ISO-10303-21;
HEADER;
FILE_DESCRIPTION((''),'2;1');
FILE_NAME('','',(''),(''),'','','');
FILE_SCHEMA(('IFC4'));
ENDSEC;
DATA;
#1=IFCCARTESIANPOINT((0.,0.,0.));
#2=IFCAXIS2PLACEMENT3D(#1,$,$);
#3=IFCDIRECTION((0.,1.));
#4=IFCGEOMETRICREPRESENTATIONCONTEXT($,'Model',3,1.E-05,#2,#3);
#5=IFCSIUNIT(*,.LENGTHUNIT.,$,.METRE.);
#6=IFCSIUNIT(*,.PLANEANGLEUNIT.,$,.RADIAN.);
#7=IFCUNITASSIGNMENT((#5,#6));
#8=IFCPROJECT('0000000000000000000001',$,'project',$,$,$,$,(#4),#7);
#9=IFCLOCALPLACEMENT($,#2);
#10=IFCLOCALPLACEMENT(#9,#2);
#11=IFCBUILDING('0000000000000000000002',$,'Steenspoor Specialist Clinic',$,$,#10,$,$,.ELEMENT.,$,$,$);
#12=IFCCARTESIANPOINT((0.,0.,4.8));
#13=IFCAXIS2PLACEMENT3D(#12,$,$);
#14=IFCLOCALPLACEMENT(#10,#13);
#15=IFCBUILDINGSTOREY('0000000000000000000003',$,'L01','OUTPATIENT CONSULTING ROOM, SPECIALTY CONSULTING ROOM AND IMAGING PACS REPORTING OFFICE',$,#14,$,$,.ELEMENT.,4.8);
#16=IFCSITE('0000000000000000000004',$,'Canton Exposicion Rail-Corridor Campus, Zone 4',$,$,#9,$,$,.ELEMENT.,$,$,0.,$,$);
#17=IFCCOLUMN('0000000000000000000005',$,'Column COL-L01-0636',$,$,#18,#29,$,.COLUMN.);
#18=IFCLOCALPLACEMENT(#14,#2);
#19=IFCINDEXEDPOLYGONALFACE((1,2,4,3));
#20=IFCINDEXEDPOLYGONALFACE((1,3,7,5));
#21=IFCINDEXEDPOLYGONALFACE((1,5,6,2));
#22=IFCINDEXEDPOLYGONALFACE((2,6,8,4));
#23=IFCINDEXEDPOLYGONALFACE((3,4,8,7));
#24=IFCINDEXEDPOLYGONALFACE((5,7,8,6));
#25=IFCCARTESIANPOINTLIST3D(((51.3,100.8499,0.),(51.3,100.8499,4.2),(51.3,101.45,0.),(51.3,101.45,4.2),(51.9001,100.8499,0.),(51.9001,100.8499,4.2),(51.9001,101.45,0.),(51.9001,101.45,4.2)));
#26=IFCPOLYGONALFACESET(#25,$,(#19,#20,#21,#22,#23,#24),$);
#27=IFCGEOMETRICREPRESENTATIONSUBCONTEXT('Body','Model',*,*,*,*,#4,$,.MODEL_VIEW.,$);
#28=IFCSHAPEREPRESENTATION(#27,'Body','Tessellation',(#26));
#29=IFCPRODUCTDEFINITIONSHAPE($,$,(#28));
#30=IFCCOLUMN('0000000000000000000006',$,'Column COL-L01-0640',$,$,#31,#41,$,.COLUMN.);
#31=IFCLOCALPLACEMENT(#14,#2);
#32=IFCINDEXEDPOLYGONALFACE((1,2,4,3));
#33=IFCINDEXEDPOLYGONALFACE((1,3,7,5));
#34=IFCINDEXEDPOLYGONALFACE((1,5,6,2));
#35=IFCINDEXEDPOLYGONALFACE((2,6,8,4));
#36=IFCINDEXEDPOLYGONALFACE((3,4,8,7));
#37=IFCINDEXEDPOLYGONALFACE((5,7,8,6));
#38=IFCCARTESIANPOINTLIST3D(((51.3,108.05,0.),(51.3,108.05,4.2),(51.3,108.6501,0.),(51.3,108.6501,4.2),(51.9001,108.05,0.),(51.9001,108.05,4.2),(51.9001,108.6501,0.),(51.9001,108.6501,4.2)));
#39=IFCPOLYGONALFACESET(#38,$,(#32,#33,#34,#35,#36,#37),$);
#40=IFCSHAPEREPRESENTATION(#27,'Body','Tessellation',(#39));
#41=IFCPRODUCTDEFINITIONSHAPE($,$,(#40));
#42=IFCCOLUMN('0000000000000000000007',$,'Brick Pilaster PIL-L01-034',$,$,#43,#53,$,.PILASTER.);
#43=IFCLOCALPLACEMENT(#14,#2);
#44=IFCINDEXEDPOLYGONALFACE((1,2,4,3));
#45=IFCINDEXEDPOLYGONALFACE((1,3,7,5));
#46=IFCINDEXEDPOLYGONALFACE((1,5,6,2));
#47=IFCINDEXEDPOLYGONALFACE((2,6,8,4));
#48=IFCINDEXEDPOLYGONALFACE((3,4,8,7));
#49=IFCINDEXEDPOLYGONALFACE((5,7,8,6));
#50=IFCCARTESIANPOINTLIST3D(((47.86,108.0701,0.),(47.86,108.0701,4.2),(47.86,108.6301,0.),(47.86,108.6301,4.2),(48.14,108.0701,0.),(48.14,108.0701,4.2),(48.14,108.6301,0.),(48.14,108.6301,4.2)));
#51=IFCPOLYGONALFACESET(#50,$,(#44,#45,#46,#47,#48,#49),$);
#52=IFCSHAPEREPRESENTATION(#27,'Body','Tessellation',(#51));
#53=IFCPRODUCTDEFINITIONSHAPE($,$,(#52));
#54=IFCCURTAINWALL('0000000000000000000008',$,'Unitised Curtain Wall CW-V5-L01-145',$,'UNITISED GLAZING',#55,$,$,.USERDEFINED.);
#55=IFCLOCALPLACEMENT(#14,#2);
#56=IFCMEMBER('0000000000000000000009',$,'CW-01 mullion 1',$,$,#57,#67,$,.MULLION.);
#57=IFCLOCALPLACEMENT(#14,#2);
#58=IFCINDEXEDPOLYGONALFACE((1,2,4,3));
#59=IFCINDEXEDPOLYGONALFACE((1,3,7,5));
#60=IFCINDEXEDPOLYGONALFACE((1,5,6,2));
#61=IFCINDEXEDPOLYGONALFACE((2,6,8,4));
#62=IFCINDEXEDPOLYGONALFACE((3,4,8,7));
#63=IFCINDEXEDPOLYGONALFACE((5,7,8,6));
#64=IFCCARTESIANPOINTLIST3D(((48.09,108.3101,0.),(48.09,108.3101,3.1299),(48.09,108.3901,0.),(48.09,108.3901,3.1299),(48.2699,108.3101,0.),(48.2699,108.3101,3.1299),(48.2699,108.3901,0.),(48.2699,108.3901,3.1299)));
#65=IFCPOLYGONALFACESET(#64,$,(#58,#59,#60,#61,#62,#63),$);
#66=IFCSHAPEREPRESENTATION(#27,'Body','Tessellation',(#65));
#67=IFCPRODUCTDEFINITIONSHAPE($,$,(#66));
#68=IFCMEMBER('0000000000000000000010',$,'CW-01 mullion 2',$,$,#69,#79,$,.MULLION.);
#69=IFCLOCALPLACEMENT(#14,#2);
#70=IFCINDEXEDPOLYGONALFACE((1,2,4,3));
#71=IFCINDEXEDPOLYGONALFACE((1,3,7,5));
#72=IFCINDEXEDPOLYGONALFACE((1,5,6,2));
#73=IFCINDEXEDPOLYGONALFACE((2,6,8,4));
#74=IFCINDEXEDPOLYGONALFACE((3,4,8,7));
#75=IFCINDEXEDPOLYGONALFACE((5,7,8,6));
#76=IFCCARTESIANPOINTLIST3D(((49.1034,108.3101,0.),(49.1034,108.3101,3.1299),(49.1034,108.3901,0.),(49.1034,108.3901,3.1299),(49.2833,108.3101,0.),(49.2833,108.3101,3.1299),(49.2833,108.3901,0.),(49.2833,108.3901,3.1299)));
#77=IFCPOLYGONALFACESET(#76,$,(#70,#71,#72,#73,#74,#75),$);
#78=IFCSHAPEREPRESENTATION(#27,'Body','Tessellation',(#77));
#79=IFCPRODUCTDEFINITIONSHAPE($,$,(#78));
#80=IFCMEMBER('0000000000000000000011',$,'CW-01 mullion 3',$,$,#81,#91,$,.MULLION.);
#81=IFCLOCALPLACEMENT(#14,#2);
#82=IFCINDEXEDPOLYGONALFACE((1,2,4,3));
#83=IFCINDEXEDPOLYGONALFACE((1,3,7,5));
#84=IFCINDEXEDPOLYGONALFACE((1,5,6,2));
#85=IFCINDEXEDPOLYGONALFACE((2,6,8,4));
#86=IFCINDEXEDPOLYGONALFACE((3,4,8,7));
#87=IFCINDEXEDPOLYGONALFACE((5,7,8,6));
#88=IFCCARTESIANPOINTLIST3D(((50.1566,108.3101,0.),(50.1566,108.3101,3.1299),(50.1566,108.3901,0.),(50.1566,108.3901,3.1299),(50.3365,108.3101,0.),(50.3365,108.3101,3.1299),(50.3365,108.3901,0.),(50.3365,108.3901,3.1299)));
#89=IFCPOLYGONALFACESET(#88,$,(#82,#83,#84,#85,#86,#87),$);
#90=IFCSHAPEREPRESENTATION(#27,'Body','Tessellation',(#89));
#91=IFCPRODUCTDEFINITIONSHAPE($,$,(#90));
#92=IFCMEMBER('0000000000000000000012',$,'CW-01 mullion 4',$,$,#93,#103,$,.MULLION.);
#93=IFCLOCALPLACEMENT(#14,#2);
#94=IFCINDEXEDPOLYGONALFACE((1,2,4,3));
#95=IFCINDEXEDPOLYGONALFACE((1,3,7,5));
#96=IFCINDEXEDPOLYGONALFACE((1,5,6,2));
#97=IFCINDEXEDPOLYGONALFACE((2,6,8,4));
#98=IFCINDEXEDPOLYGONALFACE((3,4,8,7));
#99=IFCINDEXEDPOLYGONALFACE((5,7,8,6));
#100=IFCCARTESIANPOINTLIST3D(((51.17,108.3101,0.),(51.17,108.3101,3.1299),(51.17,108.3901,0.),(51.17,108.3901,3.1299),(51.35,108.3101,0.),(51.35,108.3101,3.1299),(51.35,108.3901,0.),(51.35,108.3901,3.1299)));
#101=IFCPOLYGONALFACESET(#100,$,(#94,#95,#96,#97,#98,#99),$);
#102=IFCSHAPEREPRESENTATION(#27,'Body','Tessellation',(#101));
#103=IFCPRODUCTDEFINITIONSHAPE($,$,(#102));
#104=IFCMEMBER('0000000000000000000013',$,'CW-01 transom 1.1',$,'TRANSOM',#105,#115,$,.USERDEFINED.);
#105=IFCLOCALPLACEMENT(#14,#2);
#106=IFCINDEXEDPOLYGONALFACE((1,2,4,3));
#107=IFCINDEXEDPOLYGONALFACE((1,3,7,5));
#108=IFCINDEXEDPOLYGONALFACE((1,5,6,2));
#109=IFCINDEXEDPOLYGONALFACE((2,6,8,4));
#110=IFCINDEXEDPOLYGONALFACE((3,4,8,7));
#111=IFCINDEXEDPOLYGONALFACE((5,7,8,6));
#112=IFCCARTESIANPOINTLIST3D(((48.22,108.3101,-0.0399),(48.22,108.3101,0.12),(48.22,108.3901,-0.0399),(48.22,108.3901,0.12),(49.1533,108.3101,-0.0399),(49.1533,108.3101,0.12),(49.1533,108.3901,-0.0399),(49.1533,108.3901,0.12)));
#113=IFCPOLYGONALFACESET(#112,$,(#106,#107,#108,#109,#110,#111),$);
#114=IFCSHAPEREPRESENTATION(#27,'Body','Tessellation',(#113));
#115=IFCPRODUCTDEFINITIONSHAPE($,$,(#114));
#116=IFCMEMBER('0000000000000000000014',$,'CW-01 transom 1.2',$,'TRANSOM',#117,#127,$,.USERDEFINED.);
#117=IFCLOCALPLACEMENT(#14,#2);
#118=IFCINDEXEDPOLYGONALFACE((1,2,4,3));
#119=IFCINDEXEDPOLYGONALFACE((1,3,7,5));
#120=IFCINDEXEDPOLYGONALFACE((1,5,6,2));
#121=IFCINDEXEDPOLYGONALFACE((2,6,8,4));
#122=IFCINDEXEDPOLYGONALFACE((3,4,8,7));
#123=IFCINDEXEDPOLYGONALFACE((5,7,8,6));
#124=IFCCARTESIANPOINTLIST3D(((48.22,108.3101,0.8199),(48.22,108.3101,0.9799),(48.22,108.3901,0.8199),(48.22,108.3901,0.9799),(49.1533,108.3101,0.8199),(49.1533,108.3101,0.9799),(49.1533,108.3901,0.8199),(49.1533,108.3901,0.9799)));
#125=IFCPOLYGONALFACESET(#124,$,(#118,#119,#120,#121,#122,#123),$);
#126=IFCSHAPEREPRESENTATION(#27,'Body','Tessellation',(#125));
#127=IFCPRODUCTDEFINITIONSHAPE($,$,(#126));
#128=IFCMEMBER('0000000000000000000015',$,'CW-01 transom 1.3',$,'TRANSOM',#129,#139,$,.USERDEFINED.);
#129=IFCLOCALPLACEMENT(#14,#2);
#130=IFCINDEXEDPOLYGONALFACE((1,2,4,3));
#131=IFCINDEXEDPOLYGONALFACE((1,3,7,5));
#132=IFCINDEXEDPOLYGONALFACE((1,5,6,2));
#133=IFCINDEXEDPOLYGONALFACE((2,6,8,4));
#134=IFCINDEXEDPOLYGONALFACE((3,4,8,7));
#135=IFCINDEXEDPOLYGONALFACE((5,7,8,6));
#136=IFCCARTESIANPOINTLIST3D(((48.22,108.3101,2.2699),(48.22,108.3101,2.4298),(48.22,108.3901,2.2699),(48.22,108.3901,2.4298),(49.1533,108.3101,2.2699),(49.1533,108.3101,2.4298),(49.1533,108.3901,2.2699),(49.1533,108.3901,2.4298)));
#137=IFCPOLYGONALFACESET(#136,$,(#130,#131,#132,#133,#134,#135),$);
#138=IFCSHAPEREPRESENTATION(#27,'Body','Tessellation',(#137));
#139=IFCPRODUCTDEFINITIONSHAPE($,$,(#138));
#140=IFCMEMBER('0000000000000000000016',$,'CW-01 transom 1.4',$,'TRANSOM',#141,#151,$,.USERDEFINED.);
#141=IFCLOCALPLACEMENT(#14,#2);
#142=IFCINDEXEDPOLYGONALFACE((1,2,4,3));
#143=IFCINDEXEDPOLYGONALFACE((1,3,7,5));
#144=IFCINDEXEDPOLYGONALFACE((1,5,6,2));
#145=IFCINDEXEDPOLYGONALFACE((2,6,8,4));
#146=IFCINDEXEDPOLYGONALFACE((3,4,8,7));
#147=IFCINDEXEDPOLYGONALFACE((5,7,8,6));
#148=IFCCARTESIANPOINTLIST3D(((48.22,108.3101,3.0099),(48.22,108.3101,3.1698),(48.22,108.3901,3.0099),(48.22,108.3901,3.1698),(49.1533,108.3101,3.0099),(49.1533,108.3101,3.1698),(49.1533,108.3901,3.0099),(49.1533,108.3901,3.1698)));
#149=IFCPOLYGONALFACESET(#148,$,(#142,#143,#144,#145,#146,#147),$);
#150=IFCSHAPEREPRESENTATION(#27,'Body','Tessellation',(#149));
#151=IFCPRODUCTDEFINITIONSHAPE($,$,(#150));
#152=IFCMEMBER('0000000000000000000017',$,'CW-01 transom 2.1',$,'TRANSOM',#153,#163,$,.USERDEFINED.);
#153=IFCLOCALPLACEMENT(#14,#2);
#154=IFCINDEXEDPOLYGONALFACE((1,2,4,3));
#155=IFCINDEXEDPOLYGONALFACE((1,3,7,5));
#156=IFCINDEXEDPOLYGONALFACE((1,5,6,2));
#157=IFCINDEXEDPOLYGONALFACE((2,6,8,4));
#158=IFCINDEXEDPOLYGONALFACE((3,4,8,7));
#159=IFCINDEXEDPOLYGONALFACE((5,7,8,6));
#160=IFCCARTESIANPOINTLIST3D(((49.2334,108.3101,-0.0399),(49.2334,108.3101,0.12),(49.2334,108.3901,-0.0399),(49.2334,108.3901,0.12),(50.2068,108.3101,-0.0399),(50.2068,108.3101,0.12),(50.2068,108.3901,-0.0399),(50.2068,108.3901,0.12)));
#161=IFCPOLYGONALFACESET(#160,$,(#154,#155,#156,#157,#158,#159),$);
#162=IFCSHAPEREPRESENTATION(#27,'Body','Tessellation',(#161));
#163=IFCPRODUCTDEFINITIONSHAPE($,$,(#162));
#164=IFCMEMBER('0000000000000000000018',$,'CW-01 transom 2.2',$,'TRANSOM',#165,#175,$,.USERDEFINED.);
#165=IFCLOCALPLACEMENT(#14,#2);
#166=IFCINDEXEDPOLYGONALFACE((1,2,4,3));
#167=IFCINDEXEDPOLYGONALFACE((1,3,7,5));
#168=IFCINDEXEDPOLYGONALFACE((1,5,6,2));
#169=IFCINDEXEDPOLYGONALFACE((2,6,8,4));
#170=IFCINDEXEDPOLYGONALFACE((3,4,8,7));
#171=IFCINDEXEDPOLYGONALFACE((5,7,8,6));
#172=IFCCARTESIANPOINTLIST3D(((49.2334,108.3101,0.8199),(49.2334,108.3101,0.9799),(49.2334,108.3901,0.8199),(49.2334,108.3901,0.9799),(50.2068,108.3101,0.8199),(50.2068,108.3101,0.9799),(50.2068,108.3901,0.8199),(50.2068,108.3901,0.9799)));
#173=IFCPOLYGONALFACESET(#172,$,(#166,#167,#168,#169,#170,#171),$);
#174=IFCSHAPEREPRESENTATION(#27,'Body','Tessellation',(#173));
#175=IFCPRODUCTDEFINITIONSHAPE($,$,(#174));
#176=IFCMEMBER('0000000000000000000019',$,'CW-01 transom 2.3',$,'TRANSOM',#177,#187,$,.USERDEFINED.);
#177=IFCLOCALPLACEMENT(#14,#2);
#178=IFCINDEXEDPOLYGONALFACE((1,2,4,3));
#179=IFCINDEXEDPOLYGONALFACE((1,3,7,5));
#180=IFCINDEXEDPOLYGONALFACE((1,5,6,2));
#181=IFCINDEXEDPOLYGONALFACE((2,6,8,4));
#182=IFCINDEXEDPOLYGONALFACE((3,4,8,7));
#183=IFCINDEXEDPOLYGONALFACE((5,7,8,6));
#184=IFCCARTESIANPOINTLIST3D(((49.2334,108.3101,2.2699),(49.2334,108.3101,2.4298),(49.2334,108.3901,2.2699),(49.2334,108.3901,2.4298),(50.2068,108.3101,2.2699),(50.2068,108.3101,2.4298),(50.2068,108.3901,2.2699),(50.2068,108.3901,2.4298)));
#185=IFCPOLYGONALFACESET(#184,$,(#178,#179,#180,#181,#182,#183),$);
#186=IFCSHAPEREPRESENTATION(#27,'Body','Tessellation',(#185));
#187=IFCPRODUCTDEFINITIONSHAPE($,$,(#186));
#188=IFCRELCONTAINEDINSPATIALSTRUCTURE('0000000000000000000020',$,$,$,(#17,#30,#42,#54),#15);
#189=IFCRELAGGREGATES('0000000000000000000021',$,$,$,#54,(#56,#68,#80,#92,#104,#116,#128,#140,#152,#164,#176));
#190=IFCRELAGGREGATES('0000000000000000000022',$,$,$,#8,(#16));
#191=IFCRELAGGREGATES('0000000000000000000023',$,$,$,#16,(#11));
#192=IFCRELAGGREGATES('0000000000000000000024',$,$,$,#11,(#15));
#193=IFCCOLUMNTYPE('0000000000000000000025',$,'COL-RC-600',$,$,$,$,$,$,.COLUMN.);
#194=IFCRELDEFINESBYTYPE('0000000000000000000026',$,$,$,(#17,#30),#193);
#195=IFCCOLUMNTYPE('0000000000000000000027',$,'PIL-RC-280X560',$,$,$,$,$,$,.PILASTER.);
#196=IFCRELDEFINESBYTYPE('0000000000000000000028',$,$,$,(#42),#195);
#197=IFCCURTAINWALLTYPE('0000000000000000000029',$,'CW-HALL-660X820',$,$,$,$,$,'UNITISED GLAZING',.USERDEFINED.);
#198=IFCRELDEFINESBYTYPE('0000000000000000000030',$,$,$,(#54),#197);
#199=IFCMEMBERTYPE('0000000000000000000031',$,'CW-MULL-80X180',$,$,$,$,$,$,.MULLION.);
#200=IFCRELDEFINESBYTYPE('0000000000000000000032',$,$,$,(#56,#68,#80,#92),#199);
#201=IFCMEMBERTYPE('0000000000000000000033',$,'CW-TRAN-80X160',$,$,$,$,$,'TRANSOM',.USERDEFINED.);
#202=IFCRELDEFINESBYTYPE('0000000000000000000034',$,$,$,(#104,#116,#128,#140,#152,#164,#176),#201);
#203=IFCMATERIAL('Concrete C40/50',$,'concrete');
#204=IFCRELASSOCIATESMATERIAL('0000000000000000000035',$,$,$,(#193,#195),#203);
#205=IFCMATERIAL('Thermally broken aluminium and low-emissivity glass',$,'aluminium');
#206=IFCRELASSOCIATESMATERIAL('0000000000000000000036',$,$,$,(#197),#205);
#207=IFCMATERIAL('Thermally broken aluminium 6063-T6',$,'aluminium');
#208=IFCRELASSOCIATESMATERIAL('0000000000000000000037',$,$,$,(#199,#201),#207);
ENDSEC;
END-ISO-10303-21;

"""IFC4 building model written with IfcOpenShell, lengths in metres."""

from ifc_helpers import new_model, si_unit, direction, frame, origin, origin_2d, place, context, subcontext, project, spatial, rectangle, extrude, material, material_profile, profile_set, type_object, element, aggregate, save


model = new_model("IFC4")

# Units and contexts
model_context = context("Model", 3, precision=1e-05, world=origin(), true_north=direction((0.0, 1.0)))
body_context = subcontext(model_context, "Body", "Model", "MODEL_VIEW")
ifc_project = project(units=[si_unit("LENGTHUNIT", "METRE"), si_unit("PLANEANGLEUNIT", "RADIAN")], contexts=[model_context])

# Site, building, storey
site_placement = place(None, origin())
site = spatial("IfcSite", under=ifc_project, at=site_placement, Name="Canton Exposicion Rail-Corridor Campus, Zone 4", CompositionType="ELEMENT", RefElevation=0.0)
building_placement = place(site_placement, origin())
building = spatial("IfcBuilding", under=site, at=building_placement, Name="Steenspoor Specialist Clinic", CompositionType="ELEMENT")
storey_placement = place(building_placement, frame((0.0, 0.0, 4.8)))
storey = spatial("IfcBuildingStorey", under=building, at=storey_placement, Name="L01", Description="OUTPATIENT CONSULTING ROOM, SPECIALTY CONSULTING ROOM AND IMAGING PACS REPORTING OFFICE", CompositionType="ELEMENT", Elevation=4.8)

# Columns
ifc_material_1 = material(Name="Concrete C40/50", Category="concrete")
ifc_material_profile_1 = material_profile(ifc_material_1, rectangle(XDim=0.6001, YDim=0.6001, at=origin_2d()), Name="RC-COL-600X600")
ifc_profile_set_1 = profile_set([ifc_material_profile_1], Name="Concrete C40/50")
column_type_1 = type_object("IfcColumnType", Name="COL-RC-600", PredefinedType="COLUMN", material=ifc_profile_set_1)
for number, where, z_axis, x_axis, name in (
    (1, (51.6001, 101.1499, 0.0), (0.0, 0.0, 1.0), (1.0, 0.0, 0.0), "Column COL-L01-0636"),
    (2, (51.6001, 108.3501, 0.0), (0.0, 0.0, 1.0), (1.0, 0.0, 0.0), "Column COL-L01-0640"),
):
    element("IfcColumn", number, at=place(storey_placement, frame(where, z_axis=z_axis, x_axis=x_axis)), inside=storey, type_object=column_type_1, Name=name, PredefinedType="COLUMN", context=body_context, shape_type="SweptSolid", body=[
        extrude(rectangle(XDim=0.6001, YDim=0.6001, at=origin_2d()), origin(), (0.0, 0.0, 1.0), 4.2),
    ])
ifc_material_profile_2 = material_profile(ifc_material_1, rectangle(XDim=0.28, YDim=0.5601, at=origin_2d()), Name="RC-PIL-280X560")
ifc_profile_set_2 = profile_set([ifc_material_profile_2], Name="Concrete C40/50")
column_type_2 = type_object("IfcColumnType", Name="PIL-RC-280X560", PredefinedType="PILASTER", material=ifc_profile_set_2)
column_placement = place(storey_placement, frame((48.0, 108.3501, 0.0), z_axis=(0.0, 0.0, 1.0), x_axis=(1.0, 0.0, 0.0)))
element("IfcColumn", 3, at=column_placement, inside=storey, type_object=column_type_2, Name="Brick Pilaster PIL-L01-034", PredefinedType="PILASTER", context=body_context, shape_type="SweptSolid", body=[
    extrude(rectangle(XDim=0.28, YDim=0.5601, at=origin_2d()), origin(), (0.0, 0.0, 1.0), 4.2),
])

# Curtain wall, members
ifc_material_2 = material(Name="Thermally broken aluminium and low-emissivity glass", Category="aluminium")
curtain_wall_type = type_object("IfcCurtainWallType", Name="CW-HALL-660X820", ElementType="UNITISED GLAZING", PredefinedType="USERDEFINED", material=ifc_material_2)
curtain_wall_placement = place(storey_placement, origin())
curtain_wall = element("IfcCurtainWall", 4, at=curtain_wall_placement, inside=storey, type_object=curtain_wall_type, Name="Unitised Curtain Wall CW-V5-L01-145", ObjectType="UNITISED GLAZING", PredefinedType="USERDEFINED")
ifc_material_3 = material(Name="Thermally broken aluminium 6063-T6", Category="aluminium")
ifc_material_profile_3 = material_profile(ifc_material_3, rectangle(XDim=0.0801, YDim=0.1799, at=origin_2d()), Name="CWM-80X180")
ifc_profile_set_3 = profile_set([ifc_material_profile_3], Name="Thermally broken aluminium 6063-T6")
member_type_1 = type_object("IfcMemberType", Name="CW-MULL-80X180", PredefinedType="MULLION", material=ifc_profile_set_3)
member_1_placement = place(storey_placement, frame((48.1799, 108.3501, 0.0), z_axis=(0.0, 0.0, 1.0), x_axis=(0.0, 1.0, 0.0)))
member_1 = element("IfcMember", 5, at=member_1_placement, type_object=member_type_1, Name="CW-01 mullion 1", PredefinedType="MULLION", context=body_context, shape_type="SweptSolid", body=[
    extrude(rectangle(XDim=0.0801, YDim=0.1799, at=origin_2d()), origin(), (0.0, 0.0, 1.0), 3.1299),
])
member_2_placement = place(storey_placement, frame((49.1934, 108.3501, 0.0), z_axis=(0.0, 0.0, 1.0), x_axis=(0.0, 1.0, 0.0)))
member_2 = element("IfcMember", 6, at=member_2_placement, type_object=member_type_1, Name="CW-01 mullion 2", PredefinedType="MULLION", context=body_context, shape_type="SweptSolid", body=[
    extrude(rectangle(XDim=0.0801, YDim=0.1799, at=origin_2d()), origin(), (0.0, 0.0, 1.0), 3.1299),
])
member_3_placement = place(storey_placement, frame((50.2466, 108.3501, 0.0), z_axis=(0.0, 0.0, 1.0), x_axis=(0.0, 1.0, 0.0)))
member_3 = element("IfcMember", 7, at=member_3_placement, type_object=member_type_1, Name="CW-01 mullion 3", PredefinedType="MULLION", context=body_context, shape_type="SweptSolid", body=[
    extrude(rectangle(XDim=0.0801, YDim=0.1799, at=origin_2d()), origin(), (0.0, 0.0, 1.0), 3.1299),
])
member_4_placement = place(storey_placement, frame((51.26, 108.3501, 0.0), z_axis=(0.0, 0.0, 1.0), x_axis=(0.0, 1.0, 0.0)))
member_4 = element("IfcMember", 8, at=member_4_placement, type_object=member_type_1, Name="CW-01 mullion 4", PredefinedType="MULLION", context=body_context, shape_type="SweptSolid", body=[
    extrude(rectangle(XDim=0.0801, YDim=0.1799, at=origin_2d()), origin(), (0.0, 0.0, 1.0), 3.1299),
])
ifc_material_profile_4 = material_profile(ifc_material_3, rectangle(XDim=0.0801, YDim=0.1599, at=origin_2d()), Name="CWT-80X160")
ifc_profile_set_4 = profile_set([ifc_material_profile_4], Name="Thermally broken aluminium 6063-T6")
member_type_2 = type_object("IfcMemberType", Name="CW-TRAN-80X160", ElementType="TRANSOM", PredefinedType="USERDEFINED", material=ifc_profile_set_4)
member_5_placement = place(storey_placement, frame((48.22, 108.3501, 0.04), z_axis=(1.0, 0.0, 0.0), x_axis=(0.0, 1.0, 0.0)))
member_5 = element("IfcMember", 9, at=member_5_placement, type_object=member_type_2, Name="CW-01 transom 1.1", ObjectType="TRANSOM", PredefinedType="USERDEFINED", context=body_context, shape_type="SweptSolid", body=[
    extrude(rectangle(XDim=0.0801, YDim=0.1599, at=origin_2d()), origin(), (0.0, 0.0, 1.0), 0.9333),
])
member_6_placement = place(storey_placement, frame((48.22, 108.3501, 0.8999), z_axis=(1.0, 0.0, 0.0), x_axis=(0.0, 1.0, 0.0)))
member_6 = element("IfcMember", 10, at=member_6_placement, type_object=member_type_2, Name="CW-01 transom 1.2", ObjectType="TRANSOM", PredefinedType="USERDEFINED", context=body_context, shape_type="SweptSolid", body=[
    extrude(rectangle(XDim=0.0801, YDim=0.1599, at=origin_2d()), origin(), (0.0, 0.0, 1.0), 0.9333),
])
member_7_placement = place(storey_placement, frame((48.22, 108.3501, 2.3499), z_axis=(1.0, 0.0, 0.0), x_axis=(0.0, 1.0, 0.0)))
member_7 = element("IfcMember", 11, at=member_7_placement, type_object=member_type_2, Name="CW-01 transom 1.3", ObjectType="TRANSOM", PredefinedType="USERDEFINED", context=body_context, shape_type="SweptSolid", body=[
    extrude(rectangle(XDim=0.0801, YDim=0.1599, at=origin_2d()), origin(), (0.0, 0.0, 1.0), 0.9333),
])
member_8_placement = place(storey_placement, frame((48.22, 108.3501, 3.0898), z_axis=(1.0, 0.0, 0.0), x_axis=(0.0, 1.0, 0.0)))
member_8 = element("IfcMember", 12, at=member_8_placement, type_object=member_type_2, Name="CW-01 transom 1.4", ObjectType="TRANSOM", PredefinedType="USERDEFINED", context=body_context, shape_type="SweptSolid", body=[
    extrude(rectangle(XDim=0.0801, YDim=0.1599, at=origin_2d()), origin(), (0.0, 0.0, 1.0), 0.9333),
])
member_9_placement = place(storey_placement, frame((49.2334, 108.3501, 0.04), z_axis=(1.0, 0.0, 0.0), x_axis=(0.0, 1.0, 0.0)))
member_9 = element("IfcMember", 13, at=member_9_placement, type_object=member_type_2, Name="CW-01 transom 2.1", ObjectType="TRANSOM", PredefinedType="USERDEFINED", context=body_context, shape_type="SweptSolid", body=[
    extrude(rectangle(XDim=0.0801, YDim=0.1599, at=origin_2d()), origin(), (0.0, 0.0, 1.0), 0.9734),
])
member_10_placement = place(storey_placement, frame((49.2334, 108.3501, 0.8999), z_axis=(1.0, 0.0, 0.0), x_axis=(0.0, 1.0, 0.0)))
member_10 = element("IfcMember", 14, at=member_10_placement, type_object=member_type_2, Name="CW-01 transom 2.2", ObjectType="TRANSOM", PredefinedType="USERDEFINED", context=body_context, shape_type="SweptSolid", body=[
    extrude(rectangle(XDim=0.0801, YDim=0.1599, at=origin_2d()), origin(), (0.0, 0.0, 1.0), 0.9734),
])
member_11_placement = place(storey_placement, frame((49.2334, 108.3501, 2.3499), z_axis=(1.0, 0.0, 0.0), x_axis=(0.0, 1.0, 0.0)))
member_11 = element("IfcMember", 15, at=member_11_placement, type_object=member_type_2, Name="CW-01 transom 2.3", ObjectType="TRANSOM", PredefinedType="USERDEFINED", context=body_context, shape_type="SweptSolid", body=[
    extrude(rectangle(XDim=0.0801, YDim=0.1599, at=origin_2d()), origin(), (0.0, 0.0, 1.0), 0.9734),
])

aggregate(curtain_wall, [member_1, member_2, member_3, member_4, member_5, member_6, member_7, member_8, member_9, member_10, member_11])

save(model, "model.ifc")
